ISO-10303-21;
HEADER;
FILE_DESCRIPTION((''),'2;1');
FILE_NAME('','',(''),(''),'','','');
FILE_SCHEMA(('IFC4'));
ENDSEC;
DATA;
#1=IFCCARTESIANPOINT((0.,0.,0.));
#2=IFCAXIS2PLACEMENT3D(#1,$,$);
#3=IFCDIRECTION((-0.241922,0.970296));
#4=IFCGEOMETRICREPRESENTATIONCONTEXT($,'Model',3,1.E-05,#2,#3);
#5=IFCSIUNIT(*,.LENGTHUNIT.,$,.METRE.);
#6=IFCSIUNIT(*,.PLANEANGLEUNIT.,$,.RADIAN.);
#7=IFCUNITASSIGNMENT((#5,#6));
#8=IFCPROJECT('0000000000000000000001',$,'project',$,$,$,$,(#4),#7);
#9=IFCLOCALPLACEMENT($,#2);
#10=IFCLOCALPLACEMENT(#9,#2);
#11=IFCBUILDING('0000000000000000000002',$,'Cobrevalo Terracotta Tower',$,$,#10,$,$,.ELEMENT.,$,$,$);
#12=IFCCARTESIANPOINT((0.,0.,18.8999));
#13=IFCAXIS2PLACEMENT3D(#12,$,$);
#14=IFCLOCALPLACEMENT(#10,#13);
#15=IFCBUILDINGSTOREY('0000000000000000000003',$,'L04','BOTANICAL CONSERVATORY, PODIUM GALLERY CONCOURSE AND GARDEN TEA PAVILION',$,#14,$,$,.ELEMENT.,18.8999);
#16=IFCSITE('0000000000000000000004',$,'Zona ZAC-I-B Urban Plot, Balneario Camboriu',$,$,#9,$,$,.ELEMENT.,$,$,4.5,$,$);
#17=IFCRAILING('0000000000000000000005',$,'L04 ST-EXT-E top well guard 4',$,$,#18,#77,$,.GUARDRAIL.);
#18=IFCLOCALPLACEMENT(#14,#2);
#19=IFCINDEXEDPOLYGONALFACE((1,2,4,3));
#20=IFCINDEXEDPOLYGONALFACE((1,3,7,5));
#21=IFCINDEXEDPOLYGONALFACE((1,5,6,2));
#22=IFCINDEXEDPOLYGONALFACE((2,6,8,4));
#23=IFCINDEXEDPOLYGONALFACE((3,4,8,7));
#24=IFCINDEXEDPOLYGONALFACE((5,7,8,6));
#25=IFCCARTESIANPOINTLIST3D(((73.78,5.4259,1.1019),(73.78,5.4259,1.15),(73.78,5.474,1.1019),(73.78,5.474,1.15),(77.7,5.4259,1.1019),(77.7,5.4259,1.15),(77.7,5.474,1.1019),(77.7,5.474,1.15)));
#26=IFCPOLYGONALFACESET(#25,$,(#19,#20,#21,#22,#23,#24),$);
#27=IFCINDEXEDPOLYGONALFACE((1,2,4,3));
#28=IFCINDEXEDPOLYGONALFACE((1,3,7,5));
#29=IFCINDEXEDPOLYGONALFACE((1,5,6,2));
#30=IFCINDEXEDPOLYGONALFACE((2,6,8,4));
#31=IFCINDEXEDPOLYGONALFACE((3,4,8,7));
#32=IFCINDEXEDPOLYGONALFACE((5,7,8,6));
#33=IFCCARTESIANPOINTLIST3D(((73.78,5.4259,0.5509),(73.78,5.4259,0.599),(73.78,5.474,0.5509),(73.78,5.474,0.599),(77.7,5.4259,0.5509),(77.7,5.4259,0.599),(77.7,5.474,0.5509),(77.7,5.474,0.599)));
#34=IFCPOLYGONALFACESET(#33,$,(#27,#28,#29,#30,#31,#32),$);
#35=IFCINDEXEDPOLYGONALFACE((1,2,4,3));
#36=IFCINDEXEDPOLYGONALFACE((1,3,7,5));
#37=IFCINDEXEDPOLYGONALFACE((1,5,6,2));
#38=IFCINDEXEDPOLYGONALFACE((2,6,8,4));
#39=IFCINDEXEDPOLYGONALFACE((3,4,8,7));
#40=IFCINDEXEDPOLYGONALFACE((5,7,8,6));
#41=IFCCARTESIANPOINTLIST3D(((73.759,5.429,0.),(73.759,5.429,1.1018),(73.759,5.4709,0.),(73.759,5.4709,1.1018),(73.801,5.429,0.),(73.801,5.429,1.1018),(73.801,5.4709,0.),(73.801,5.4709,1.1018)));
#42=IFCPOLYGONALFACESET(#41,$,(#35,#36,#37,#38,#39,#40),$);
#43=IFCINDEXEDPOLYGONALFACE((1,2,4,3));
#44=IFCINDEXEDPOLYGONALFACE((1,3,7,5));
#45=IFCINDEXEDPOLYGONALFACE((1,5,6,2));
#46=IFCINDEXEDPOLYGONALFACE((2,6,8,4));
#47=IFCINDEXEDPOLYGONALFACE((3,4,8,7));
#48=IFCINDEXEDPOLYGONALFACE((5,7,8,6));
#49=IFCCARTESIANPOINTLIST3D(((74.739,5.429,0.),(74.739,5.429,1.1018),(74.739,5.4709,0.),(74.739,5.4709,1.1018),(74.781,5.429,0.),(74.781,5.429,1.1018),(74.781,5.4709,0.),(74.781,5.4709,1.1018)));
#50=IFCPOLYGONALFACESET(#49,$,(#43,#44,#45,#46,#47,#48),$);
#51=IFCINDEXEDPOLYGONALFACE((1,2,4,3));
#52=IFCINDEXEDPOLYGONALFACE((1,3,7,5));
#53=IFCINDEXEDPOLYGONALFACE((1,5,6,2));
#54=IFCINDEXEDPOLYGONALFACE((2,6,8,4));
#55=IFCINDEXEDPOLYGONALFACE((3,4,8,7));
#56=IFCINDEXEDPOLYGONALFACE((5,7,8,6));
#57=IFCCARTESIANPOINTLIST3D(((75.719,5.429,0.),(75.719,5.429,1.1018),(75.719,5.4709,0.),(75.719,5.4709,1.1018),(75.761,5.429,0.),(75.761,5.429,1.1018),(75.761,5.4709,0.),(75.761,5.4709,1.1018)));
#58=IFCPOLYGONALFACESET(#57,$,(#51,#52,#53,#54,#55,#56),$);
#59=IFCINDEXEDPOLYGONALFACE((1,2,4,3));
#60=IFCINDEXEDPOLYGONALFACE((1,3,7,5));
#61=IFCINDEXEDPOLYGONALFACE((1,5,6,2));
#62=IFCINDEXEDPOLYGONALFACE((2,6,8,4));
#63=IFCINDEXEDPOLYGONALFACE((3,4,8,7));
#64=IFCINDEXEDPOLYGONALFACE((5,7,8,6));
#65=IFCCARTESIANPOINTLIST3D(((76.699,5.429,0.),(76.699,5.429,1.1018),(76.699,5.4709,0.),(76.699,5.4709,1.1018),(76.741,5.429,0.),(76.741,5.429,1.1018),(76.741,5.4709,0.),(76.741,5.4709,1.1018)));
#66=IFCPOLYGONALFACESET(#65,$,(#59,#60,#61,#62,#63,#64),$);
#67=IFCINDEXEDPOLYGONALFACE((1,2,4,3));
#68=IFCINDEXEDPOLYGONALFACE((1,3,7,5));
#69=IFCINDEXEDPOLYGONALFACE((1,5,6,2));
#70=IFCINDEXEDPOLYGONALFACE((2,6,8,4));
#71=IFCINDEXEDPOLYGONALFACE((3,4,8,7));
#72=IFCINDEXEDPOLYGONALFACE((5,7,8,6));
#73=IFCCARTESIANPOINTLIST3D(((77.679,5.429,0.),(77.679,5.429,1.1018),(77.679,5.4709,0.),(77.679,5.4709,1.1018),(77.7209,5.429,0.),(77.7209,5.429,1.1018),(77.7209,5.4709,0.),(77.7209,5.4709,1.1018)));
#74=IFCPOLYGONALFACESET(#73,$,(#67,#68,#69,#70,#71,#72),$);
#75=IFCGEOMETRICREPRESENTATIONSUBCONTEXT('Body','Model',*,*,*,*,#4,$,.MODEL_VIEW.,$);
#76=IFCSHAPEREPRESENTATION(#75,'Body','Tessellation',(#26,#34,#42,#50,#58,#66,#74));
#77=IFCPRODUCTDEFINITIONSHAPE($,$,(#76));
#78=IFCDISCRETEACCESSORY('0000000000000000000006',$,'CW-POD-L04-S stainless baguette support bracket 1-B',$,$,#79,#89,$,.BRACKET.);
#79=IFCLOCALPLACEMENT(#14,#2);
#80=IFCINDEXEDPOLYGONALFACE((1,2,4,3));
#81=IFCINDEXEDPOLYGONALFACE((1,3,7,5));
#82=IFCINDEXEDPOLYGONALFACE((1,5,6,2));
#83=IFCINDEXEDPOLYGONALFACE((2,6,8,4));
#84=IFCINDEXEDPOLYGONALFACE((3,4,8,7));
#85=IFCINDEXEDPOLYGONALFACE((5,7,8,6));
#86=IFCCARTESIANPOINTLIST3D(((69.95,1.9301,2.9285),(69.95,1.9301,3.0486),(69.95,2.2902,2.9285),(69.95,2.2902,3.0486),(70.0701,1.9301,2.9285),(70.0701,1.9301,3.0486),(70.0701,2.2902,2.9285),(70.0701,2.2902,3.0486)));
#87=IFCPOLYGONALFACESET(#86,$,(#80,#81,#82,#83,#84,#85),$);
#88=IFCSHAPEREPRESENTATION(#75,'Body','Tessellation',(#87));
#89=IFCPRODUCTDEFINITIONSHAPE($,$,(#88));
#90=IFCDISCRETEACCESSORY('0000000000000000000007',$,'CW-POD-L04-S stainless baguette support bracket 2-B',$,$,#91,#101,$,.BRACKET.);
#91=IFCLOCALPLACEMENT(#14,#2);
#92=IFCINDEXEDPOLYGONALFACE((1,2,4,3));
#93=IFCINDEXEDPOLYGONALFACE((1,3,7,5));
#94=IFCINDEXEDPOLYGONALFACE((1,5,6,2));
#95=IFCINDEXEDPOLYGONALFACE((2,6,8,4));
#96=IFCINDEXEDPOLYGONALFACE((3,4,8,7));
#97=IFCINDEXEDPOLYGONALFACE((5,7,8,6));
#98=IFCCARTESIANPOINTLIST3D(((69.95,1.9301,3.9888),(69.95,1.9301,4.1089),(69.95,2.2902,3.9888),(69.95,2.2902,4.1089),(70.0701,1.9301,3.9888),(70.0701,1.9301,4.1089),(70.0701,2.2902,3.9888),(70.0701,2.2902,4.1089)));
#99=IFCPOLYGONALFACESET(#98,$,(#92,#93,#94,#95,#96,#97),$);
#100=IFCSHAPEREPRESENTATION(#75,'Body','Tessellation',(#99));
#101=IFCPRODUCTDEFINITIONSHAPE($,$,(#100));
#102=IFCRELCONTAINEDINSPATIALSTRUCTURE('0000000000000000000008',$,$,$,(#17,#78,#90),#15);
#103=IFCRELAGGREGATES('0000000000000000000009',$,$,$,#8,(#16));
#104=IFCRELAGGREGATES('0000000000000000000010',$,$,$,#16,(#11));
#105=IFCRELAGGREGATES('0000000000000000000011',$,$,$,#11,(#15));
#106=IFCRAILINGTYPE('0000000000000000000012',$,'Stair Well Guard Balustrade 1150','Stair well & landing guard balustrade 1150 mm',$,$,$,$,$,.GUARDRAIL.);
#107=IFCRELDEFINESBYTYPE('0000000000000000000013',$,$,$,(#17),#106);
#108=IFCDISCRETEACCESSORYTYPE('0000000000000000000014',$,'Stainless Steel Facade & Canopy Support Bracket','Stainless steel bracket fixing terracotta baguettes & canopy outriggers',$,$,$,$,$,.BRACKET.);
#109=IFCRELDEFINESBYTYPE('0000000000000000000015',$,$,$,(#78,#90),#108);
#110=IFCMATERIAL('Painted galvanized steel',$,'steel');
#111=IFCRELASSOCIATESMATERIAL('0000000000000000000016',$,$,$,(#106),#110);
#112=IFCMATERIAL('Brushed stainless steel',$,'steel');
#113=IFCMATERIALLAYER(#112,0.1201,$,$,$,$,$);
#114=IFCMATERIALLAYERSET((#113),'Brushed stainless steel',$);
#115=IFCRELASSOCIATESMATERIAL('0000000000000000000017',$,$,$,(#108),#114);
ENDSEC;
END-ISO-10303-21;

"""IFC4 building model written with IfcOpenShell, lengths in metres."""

from ifc_helpers import new_model, si_unit, direction, frame, origin, origin_2d, place, context, subcontext, project, spatial, rectangle, extrude, source, transform, mapped, material, layer, layer_set, type_object, element, save


model = new_model("IFC4")

# Units and contexts
model_context = context("Model", 3, precision=1e-05, world=origin(), true_north=direction((-0.241922, 0.970296)))
body_context = subcontext(model_context, "Body", "Model", "MODEL_VIEW")
ifc_project = project(units=[si_unit("LENGTHUNIT", "METRE"), si_unit("PLANEANGLEUNIT", "RADIAN")], contexts=[model_context])

# Site, building, storey
site_placement = place(None, origin())
site = spatial("IfcSite", under=ifc_project, at=site_placement, Name="Zona ZAC-I-B Urban Plot, Balneario Camboriu", CompositionType="ELEMENT", RefElevation=4.5)
building_placement = place(site_placement, origin())
building = spatial("IfcBuilding", under=site, at=building_placement, Name="Cobrevalo Terracotta Tower", CompositionType="ELEMENT")
storey_placement = place(building_placement, frame((0.0, 0.0, 18.8999)))
storey = spatial("IfcBuildingStorey", under=building, at=storey_placement, Name="L04", Description="BOTANICAL CONSERVATORY, PODIUM GALLERY CONCOURSE AND GARDEN TEA PAVILION", CompositionType="ELEMENT", Elevation=18.8999)

# Railing
ifc_material_1 = material(Name="Painted galvanized steel", Category="steel")
railing_type = type_object("IfcRailingType", Name="Stair Well Guard Balustrade 1150", Description="Stair well & landing guard balustrade 1150 mm", PredefinedType="GUARDRAIL", material=ifc_material_1)
railing_placement = place(storey_placement, frame((73.78, 5.45, 0.0)))
element("IfcRailing", 1, at=railing_placement, inside=storey, type_object=railing_type, Name="L04 ST-EXT-E top well guard 4", PredefinedType="GUARDRAIL", context=body_context, shape_type="SweptSolid", body=[
    extrude(rectangle(XDim=0.0481, YDim=0.0481, at=origin_2d()), frame((0.0, 0.0, 1.126), z_axis=(1.0, 0.0, 0.0), x_axis=(0.0, 1.0, 0.0)), (0.0, 0.0, 1.0), 3.9199),
    extrude(rectangle(XDim=0.0481, YDim=0.0481, at=origin_2d()), frame((0.0, 0.0, 0.575), z_axis=(1.0, 0.0, 0.0), x_axis=(0.0, 1.0, 0.0)), (0.0, 0.0, 1.0), 3.9199),
    extrude(rectangle(XDim=0.042, YDim=0.042, at=origin_2d()), origin(), (0.0, 0.0, 1.0), 1.1018),
    extrude(rectangle(XDim=0.042, YDim=0.042, at=origin_2d()), frame((0.98, 0.0, 0.0)), (0.0, 0.0, 1.0), 1.1018),
    extrude(rectangle(XDim=0.042, YDim=0.042, at=origin_2d()), frame((1.96, 0.0, 0.0)), (0.0, 0.0, 1.0), 1.1018),
    extrude(rectangle(XDim=0.042, YDim=0.042, at=origin_2d()), frame((2.9399, 0.0, 0.0)), (0.0, 0.0, 1.0), 1.1018),
    extrude(rectangle(XDim=0.042, YDim=0.042, at=origin_2d()), frame((3.9199, 0.0, 0.0)), (0.0, 0.0, 1.0), 1.1018),
])

# Discrete accessories
ifc_material_2 = material(Name="Brushed stainless steel", Category="steel")
ifc_layer_1 = layer(ifc_material_2, 0.1201)
ifc_layer_set_1 = layer_set([ifc_layer_1], Name="Brushed stainless steel")
discrete_accessory_type = type_object("IfcDiscreteAccessoryType", Name="Stainless Steel Facade & Canopy Support Bracket", Description="Stainless steel bracket fixing terracotta baguettes & canopy outriggers", PredefinedType="BRACKET", material=ifc_layer_set_1)
shared_shape_1 = source(origin(), body_context, "Body", "SweptSolid", [
    extrude(rectangle(XDim=0.1201, YDim=0.3601, at=origin_2d()), origin(), (0.0, 0.0, 1.0), 0.1201),
])
for number, where, z_axis, x_axis, name in (
    (2, (70.01, 2.1101, 2.9285), (0.0, 0.0, 1.0), (1.0, 0.0, 0.0), "CW-POD-L04-S stainless baguette support bracket 1-B"),
    (3, (70.01, 2.1101, 3.9888), (0.0, 0.0, 1.0), (1.0, 0.0, 0.0), "CW-POD-L04-S stainless baguette support bracket 2-B"),
):
    element("IfcDiscreteAccessory", number, at=place(storey_placement, frame(where, z_axis=z_axis, x_axis=x_axis)), inside=storey, type_object=discrete_accessory_type, Name=name, PredefinedType="BRACKET", context=body_context, shape_type="MappedRepresentation", body=[
        mapped(shared_shape_1, transform((0.0, 0.0, 0.0), scale=1.0)),
    ])

save(model, "model.ifc")
